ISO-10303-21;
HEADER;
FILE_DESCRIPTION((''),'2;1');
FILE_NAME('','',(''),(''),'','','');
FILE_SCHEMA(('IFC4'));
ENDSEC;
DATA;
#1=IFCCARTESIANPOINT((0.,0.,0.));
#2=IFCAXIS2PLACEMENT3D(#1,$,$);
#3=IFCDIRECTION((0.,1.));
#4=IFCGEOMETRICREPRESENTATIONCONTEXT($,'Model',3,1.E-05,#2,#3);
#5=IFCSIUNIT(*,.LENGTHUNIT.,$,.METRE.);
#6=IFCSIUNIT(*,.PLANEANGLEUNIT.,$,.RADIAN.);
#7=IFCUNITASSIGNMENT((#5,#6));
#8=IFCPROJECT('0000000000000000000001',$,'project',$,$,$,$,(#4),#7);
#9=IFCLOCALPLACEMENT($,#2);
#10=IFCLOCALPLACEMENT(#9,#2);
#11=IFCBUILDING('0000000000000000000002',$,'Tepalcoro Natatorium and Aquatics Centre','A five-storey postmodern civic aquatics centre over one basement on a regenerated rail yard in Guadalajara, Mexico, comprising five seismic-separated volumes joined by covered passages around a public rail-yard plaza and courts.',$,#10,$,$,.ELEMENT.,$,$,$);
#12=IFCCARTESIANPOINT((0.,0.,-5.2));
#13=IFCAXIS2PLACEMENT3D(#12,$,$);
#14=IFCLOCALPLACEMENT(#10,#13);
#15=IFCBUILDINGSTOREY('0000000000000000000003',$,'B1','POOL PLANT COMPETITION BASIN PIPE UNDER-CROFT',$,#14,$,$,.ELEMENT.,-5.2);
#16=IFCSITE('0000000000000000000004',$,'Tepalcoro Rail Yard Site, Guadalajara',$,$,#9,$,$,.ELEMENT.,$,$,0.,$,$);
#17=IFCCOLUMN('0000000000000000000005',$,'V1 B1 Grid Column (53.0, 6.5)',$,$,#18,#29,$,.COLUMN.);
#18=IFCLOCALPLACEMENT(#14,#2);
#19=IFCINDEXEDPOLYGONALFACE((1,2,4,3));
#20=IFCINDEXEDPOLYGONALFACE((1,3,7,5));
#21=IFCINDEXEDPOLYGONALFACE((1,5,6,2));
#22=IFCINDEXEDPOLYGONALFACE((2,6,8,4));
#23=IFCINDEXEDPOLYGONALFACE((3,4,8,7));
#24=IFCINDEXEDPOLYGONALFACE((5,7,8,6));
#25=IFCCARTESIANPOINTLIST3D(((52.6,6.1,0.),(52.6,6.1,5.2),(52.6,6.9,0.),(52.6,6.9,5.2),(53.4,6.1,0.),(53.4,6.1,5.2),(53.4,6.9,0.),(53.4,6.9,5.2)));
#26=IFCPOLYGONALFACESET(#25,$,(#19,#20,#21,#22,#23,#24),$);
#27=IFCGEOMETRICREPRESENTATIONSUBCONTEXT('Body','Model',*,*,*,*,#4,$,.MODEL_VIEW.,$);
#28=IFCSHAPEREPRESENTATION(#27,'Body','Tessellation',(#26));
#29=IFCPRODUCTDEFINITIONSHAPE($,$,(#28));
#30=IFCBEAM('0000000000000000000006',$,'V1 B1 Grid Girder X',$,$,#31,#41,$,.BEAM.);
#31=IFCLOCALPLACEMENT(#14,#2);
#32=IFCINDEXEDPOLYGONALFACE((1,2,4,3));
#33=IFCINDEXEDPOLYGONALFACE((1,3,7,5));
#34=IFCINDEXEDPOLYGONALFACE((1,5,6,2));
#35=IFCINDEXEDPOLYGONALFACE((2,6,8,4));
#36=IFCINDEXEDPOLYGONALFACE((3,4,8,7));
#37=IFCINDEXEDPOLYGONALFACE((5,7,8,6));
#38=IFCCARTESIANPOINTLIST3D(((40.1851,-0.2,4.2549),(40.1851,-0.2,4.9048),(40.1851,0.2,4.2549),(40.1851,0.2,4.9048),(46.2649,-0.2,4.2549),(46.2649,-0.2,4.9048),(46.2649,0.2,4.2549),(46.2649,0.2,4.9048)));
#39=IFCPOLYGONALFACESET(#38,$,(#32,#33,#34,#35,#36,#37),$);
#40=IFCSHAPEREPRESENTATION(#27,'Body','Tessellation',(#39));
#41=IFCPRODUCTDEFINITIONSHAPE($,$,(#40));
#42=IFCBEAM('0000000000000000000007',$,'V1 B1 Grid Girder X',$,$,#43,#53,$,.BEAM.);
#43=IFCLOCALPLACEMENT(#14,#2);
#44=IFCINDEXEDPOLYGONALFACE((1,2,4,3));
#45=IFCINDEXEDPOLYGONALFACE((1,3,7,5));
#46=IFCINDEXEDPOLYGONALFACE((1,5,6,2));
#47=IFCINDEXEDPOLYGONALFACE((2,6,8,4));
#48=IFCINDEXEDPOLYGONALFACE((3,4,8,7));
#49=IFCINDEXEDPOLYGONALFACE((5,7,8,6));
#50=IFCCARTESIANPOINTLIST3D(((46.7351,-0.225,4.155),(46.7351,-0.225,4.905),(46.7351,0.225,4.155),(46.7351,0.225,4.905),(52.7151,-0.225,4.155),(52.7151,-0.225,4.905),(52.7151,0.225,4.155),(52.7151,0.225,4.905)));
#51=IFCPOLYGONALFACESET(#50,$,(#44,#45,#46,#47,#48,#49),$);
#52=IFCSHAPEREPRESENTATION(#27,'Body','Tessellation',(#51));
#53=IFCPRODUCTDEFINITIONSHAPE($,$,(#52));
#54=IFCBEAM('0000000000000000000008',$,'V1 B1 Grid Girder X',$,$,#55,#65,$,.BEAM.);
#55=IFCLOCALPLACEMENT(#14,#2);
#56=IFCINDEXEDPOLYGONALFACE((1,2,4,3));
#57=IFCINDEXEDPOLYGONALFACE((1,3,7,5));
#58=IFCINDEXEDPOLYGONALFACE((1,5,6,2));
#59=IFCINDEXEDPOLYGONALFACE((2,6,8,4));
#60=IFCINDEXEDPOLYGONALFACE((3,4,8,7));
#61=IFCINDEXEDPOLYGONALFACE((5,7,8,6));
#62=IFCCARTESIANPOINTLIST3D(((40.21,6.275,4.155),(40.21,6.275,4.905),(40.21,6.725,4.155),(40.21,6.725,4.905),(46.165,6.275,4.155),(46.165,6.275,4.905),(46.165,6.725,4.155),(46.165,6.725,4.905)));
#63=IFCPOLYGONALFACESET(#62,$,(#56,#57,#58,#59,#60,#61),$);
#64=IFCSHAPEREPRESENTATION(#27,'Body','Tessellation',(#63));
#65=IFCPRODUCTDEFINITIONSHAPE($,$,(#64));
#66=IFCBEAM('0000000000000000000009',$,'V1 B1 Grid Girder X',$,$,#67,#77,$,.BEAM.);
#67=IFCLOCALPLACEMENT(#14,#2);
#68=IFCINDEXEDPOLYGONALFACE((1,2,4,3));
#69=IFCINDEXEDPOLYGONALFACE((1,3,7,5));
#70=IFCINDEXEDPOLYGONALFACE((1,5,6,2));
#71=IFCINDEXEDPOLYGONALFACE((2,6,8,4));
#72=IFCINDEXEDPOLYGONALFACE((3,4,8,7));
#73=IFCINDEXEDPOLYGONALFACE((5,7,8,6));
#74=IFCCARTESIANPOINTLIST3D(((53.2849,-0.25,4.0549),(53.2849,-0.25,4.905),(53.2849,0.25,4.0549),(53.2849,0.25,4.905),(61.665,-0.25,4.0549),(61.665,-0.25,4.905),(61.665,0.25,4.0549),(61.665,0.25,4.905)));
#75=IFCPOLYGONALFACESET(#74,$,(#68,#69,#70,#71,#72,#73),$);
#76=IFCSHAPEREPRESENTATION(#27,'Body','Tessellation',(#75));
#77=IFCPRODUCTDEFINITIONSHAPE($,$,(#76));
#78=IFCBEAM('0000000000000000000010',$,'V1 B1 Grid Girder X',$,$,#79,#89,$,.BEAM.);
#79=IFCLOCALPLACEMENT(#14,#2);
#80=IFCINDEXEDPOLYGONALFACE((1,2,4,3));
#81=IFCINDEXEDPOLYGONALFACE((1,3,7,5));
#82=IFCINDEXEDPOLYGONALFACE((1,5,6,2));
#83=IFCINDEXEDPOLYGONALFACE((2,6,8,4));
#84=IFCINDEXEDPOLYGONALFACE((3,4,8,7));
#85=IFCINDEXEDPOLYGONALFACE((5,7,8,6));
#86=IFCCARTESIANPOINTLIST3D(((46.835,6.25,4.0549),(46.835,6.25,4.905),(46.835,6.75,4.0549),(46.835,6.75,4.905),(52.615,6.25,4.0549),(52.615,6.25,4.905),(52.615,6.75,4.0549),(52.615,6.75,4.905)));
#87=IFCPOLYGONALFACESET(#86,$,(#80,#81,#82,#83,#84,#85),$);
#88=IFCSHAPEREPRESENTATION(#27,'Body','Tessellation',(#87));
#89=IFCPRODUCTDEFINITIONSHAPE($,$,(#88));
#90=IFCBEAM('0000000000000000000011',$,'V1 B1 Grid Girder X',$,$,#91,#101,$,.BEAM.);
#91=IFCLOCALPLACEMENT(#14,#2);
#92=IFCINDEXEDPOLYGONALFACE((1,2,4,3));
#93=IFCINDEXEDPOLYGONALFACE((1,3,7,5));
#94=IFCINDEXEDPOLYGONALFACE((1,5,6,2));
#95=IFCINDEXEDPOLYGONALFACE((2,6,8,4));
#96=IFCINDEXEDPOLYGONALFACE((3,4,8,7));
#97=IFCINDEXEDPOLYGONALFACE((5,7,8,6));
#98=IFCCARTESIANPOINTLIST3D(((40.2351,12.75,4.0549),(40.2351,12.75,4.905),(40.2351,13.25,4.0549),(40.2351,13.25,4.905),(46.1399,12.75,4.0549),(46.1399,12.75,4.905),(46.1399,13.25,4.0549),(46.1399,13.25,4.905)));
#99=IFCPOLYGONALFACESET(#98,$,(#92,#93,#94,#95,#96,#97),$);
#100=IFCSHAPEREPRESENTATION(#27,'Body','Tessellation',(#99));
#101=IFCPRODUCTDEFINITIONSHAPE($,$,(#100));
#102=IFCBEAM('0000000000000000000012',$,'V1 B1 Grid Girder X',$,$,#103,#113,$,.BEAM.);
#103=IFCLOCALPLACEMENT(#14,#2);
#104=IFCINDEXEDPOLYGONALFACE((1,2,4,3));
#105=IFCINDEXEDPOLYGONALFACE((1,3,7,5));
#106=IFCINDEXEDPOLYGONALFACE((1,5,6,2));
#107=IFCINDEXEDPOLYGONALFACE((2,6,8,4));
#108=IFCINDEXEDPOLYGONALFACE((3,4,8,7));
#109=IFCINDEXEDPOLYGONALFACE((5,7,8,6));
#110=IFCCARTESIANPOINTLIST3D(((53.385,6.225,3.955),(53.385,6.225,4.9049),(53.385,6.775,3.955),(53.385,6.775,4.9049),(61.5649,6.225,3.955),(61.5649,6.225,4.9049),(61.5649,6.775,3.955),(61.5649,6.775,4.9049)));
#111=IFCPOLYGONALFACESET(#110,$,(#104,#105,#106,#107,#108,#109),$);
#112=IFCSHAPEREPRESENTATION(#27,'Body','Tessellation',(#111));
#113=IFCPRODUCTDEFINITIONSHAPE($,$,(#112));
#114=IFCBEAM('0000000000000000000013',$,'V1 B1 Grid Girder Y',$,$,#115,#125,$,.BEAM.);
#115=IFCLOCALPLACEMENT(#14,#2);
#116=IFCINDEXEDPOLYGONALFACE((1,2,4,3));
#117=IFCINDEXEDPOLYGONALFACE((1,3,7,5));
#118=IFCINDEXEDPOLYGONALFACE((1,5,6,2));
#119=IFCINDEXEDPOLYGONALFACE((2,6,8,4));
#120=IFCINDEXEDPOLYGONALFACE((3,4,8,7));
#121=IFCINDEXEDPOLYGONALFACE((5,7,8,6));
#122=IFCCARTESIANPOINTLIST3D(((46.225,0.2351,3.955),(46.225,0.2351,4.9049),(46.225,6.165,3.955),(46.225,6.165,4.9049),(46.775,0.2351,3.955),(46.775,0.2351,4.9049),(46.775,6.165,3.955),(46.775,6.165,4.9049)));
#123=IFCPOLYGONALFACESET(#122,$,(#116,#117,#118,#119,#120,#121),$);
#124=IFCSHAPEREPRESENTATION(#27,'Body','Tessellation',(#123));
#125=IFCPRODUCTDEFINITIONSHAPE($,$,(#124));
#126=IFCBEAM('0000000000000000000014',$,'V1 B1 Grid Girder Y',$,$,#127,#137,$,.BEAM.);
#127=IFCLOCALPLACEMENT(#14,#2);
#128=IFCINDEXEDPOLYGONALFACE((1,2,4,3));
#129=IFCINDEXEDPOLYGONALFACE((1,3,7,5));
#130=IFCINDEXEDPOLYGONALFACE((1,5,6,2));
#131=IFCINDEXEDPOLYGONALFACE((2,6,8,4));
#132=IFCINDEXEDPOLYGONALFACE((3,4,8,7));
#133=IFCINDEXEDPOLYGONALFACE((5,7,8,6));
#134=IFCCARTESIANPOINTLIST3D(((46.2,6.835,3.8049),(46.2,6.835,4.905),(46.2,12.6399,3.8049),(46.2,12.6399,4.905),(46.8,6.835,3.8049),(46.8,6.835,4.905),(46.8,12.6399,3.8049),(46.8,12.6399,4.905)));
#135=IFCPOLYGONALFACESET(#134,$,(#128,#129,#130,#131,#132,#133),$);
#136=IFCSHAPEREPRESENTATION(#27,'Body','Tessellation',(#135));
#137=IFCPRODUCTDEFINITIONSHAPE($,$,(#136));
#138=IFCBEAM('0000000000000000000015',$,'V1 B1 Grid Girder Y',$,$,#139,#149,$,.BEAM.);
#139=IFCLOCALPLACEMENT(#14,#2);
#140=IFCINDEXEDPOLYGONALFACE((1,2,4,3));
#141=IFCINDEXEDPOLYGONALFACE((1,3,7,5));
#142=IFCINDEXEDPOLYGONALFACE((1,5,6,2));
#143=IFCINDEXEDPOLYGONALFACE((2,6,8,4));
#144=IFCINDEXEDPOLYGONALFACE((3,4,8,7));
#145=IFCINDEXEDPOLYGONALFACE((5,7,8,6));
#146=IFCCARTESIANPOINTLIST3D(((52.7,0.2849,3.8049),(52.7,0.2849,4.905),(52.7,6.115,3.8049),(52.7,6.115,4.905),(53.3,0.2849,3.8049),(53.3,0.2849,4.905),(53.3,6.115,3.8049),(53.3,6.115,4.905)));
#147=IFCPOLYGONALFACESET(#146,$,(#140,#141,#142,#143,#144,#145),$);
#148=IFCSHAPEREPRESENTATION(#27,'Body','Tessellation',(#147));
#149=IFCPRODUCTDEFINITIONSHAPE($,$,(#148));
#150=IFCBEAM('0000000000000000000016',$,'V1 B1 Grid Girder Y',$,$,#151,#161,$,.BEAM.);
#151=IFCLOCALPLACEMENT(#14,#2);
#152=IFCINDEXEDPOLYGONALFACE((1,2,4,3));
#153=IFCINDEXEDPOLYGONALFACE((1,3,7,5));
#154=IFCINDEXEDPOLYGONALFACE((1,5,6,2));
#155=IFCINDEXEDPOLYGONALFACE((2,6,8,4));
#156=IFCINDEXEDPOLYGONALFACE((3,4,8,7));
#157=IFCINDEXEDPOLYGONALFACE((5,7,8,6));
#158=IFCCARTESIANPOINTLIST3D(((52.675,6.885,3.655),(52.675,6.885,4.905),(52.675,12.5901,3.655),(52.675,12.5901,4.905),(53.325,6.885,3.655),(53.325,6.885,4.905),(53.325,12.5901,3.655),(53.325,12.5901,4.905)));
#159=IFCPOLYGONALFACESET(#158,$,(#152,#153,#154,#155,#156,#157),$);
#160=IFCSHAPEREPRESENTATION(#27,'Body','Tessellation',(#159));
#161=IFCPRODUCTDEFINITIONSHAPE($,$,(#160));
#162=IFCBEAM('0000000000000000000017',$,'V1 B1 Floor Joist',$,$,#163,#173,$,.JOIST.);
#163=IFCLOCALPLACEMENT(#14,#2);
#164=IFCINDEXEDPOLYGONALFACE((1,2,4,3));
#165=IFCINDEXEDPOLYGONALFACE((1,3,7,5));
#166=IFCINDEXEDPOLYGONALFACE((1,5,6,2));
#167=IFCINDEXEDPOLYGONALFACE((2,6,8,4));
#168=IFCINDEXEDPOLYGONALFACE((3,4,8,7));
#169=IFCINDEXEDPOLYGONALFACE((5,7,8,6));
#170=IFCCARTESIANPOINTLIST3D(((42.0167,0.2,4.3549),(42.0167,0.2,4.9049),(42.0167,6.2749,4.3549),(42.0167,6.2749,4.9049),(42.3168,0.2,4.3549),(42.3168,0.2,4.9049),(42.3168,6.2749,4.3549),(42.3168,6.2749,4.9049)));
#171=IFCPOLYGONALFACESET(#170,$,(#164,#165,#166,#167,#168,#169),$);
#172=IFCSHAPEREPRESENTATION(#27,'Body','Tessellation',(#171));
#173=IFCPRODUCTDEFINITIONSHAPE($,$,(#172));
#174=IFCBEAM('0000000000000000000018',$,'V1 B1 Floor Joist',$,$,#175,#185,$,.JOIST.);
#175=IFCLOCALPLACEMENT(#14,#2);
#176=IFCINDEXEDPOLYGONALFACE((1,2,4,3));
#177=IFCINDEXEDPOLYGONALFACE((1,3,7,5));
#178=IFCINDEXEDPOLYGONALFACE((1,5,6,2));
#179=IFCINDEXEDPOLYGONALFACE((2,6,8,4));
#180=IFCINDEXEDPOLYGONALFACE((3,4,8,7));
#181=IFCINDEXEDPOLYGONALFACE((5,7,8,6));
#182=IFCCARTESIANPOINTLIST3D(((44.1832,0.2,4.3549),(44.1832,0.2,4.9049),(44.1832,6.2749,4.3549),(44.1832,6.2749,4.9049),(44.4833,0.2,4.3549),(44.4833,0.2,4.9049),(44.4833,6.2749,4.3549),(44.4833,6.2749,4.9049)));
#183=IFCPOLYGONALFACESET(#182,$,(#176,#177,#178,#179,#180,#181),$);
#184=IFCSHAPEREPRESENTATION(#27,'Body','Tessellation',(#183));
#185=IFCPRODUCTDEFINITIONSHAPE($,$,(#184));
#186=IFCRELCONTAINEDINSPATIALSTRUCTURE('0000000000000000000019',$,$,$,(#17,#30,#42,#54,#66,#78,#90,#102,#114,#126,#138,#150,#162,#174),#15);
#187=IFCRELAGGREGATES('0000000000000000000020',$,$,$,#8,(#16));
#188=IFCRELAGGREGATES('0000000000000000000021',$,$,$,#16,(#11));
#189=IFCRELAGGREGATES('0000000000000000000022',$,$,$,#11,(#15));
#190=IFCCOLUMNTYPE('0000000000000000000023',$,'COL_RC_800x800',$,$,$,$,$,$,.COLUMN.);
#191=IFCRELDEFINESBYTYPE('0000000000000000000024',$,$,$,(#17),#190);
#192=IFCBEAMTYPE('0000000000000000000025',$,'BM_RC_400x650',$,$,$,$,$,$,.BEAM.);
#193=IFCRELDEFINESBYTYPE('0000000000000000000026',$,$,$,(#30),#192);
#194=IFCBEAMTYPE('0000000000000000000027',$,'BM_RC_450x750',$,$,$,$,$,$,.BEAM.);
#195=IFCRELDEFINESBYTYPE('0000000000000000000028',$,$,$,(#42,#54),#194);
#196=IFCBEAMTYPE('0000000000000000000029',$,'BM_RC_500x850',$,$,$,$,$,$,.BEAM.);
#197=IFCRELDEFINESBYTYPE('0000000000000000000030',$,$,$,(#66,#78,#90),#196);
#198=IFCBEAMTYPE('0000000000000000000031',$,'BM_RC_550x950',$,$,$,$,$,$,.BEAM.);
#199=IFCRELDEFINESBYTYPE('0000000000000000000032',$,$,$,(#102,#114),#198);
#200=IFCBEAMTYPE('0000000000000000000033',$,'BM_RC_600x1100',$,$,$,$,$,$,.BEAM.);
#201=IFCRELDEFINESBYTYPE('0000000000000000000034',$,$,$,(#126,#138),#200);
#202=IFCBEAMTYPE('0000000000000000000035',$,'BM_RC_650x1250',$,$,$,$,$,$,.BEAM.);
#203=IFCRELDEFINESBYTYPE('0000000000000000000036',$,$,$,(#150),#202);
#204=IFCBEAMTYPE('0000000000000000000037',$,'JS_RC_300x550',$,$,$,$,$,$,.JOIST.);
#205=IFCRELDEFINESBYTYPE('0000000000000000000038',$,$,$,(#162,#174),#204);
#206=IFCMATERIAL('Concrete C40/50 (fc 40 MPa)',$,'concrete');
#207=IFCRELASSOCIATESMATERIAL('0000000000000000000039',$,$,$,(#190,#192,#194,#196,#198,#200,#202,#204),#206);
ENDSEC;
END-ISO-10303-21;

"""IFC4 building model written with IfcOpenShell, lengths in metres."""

from ifc_helpers import new_model, si_unit, direction, frame, origin, origin_2d, place, context, subcontext, project, spatial, rectangle, extrude, material, material_profile, profile_set, type_object, element, save


model = new_model("IFC4")

# Units and contexts
model_context = context("Model", 3, precision=1e-05, world=origin(), true_north=direction((0.0, 1.0)))
body_context = subcontext(model_context, "Body", "Model", "MODEL_VIEW")
ifc_project = project(units=[si_unit("LENGTHUNIT", "METRE"), si_unit("PLANEANGLEUNIT", "RADIAN")], contexts=[model_context])

# Site, building, storey
site_placement = place(None, origin())
site = spatial("IfcSite", under=ifc_project, at=site_placement, Name="Tepalcoro Rail Yard Site, Guadalajara", CompositionType="ELEMENT", RefElevation=0.0)
building_placement = place(site_placement, origin())
building = spatial("IfcBuilding", under=site, at=building_placement, Name="Tepalcoro Natatorium and Aquatics Centre", Description="A five-storey postmodern civic aquatics centre over one basement on a regenerated rail yard in Guadalajara, Mexico, comprising five seismic-separated volumes joined by covered passages around a public rail-yard plaza and courts.", CompositionType="ELEMENT")
storey_placement = place(building_placement, frame((0.0, 0.0, -5.2)))
storey = spatial("IfcBuildingStorey", under=building, at=storey_placement, Name="B1", Description="POOL PLANT COMPETITION BASIN PIPE UNDER-CROFT", CompositionType="ELEMENT", Elevation=-5.2)

# Shared definitions
ifc_material = material(Name="Concrete C40/50 (fc 40 MPa)", Category="concrete")

# Column
ifc_material_profile_1 = material_profile(ifc_material, rectangle(XDim=0.8, YDim=0.8, at=origin_2d()), Name="RC800x800")
ifc_profile_set_1 = profile_set([ifc_material_profile_1], Name="Concrete C40/50 (fc 40 MPa)")
column_type_1 = type_object("IfcColumnType", Name="COL_RC_800x800", PredefinedType="COLUMN", material=ifc_profile_set_1)
column_1_placement = place(storey_placement, frame((53.0, 6.5, 0.0), z_axis=(0.0, 0.0, 1.0), x_axis=(1.0, 0.0, 0.0)))
element("IfcColumn", 1, at=column_1_placement, inside=storey, type_object=column_type_1, Name="V1 B1 Grid Column (53.0, 6.5)", PredefinedType="COLUMN", context=body_context, shape_type="SweptSolid", body=[
    extrude(rectangle(XDim=0.8, YDim=0.8, at=origin_2d()), origin(), (0.0, 0.0, 1.0), 5.2),
])

# Beams
ifc_material_profile_2 = material_profile(ifc_material, rectangle(XDim=0.3999, YDim=0.6499, at=origin_2d()), Name="RCB400x650")
ifc_profile_set_2 = profile_set([ifc_material_profile_2], Name="Concrete C40/50 (fc 40 MPa)")
beam_type_1 = type_object("IfcBeamType", Name="BM_RC_400x650", PredefinedType="BEAM", material=ifc_profile_set_2)
beam_1_placement = place(storey_placement, frame((40.1851, 0.0, 4.5798), z_axis=(1.0, 0.0, 0.0), x_axis=(0.0, 1.0, 0.0)))
element("IfcBeam", 2, at=beam_1_placement, inside=storey, type_object=beam_type_1, Name="V1 B1 Grid Girder X", PredefinedType="BEAM", context=body_context, shape_type="SweptSolid", body=[
    extrude(rectangle(XDim=0.3999, YDim=0.6499, at=origin_2d()), origin(), (0.0, 0.0, 1.0), 6.0798),
])
ifc_material_profile_3 = material_profile(ifc_material, rectangle(XDim=0.45, YDim=0.75, at=origin_2d()), Name="RCB450x750")
ifc_profile_set_3 = profile_set([ifc_material_profile_3], Name="Concrete C40/50 (fc 40 MPa)")
beam_type_2 = type_object("IfcBeamType", Name="BM_RC_450x750", PredefinedType="BEAM", material=ifc_profile_set_3)
beam_2_placement = place(storey_placement, frame((46.7351, 0.0, 4.53), z_axis=(1.0, 0.0, 0.0), x_axis=(0.0, 1.0, 0.0)))
element("IfcBeam", 3, at=beam_2_placement, inside=storey, type_object=beam_type_2, Name="V1 B1 Grid Girder X", PredefinedType="BEAM", context=body_context, shape_type="SweptSolid", body=[
    extrude(rectangle(XDim=0.45, YDim=0.75, at=origin_2d()), origin(), (0.0, 0.0, 1.0), 5.98),
])
beam_3_placement = place(storey_placement, frame((40.21, 6.5, 4.53), z_axis=(1.0, 0.0, 0.0), x_axis=(0.0, 1.0, 0.0)))
element("IfcBeam", 4, at=beam_3_placement, inside=storey, type_object=beam_type_2, Name="V1 B1 Grid Girder X", PredefinedType="BEAM", context=body_context, shape_type="SweptSolid", body=[
    extrude(rectangle(XDim=0.45, YDim=0.75, at=origin_2d()), origin(), (0.0, 0.0, 1.0), 5.9551),
])
ifc_material_profile_4 = material_profile(ifc_material, rectangle(XDim=0.5, YDim=0.8501, at=origin_2d()), Name="RCB500x850")
ifc_profile_set_4 = profile_set([ifc_material_profile_4], Name="Concrete C40/50 (fc 40 MPa)")
beam_type_3 = type_object("IfcBeamType", Name="BM_RC_500x850", PredefinedType="BEAM", material=ifc_profile_set_4)
beam_4_placement = place(storey_placement, frame((53.2849, 0.0, 4.48), z_axis=(1.0, 0.0, 0.0), x_axis=(0.0, 1.0, 0.0)))
element("IfcBeam", 5, at=beam_4_placement, inside=storey, type_object=beam_type_3, Name="V1 B1 Grid Girder X", PredefinedType="BEAM", context=body_context, shape_type="SweptSolid", body=[
    extrude(rectangle(XDim=0.5, YDim=0.8501, at=origin_2d()), origin(), (0.0, 0.0, 1.0), 8.3801),
])
beam_5_placement = place(storey_placement, frame((46.835, 6.5, 4.48), z_axis=(1.0, 0.0, 0.0), x_axis=(0.0, 1.0, 0.0)))
element("IfcBeam", 6, at=beam_5_placement, inside=storey, type_object=beam_type_3, Name="V1 B1 Grid Girder X", PredefinedType="BEAM", context=body_context, shape_type="SweptSolid", body=[
    extrude(rectangle(XDim=0.5, YDim=0.8501, at=origin_2d()), origin(), (0.0, 0.0, 1.0), 5.78),
])
beam_6_placement = place(storey_placement, frame((40.2351, 13.0, 4.48), z_axis=(1.0, 0.0, 0.0), x_axis=(0.0, 1.0, 0.0)))
element("IfcBeam", 7, at=beam_6_placement, inside=storey, type_object=beam_type_3, Name="V1 B1 Grid Girder X", PredefinedType="BEAM", context=body_context, shape_type="SweptSolid", body=[
    extrude(rectangle(XDim=0.5, YDim=0.8501, at=origin_2d()), origin(), (0.0, 0.0, 1.0), 5.9048),
])
ifc_material_profile_5 = material_profile(ifc_material, rectangle(XDim=0.55, YDim=0.95, at=origin_2d()), Name="RCB550x950")
ifc_profile_set_5 = profile_set([ifc_material_profile_5], Name="Concrete C40/50 (fc 40 MPa)")
beam_type_4 = type_object("IfcBeamType", Name="BM_RC_550x950", PredefinedType="BEAM", material=ifc_profile_set_5)
beam_7_placement = place(storey_placement, frame((53.385, 6.5, 4.4299), z_axis=(1.0, 0.0, 0.0), x_axis=(0.0, 1.0, 0.0)))
element("IfcBeam", 8, at=beam_7_placement, inside=storey, type_object=beam_type_4, Name="V1 B1 Grid Girder X", PredefinedType="BEAM", context=body_context, shape_type="SweptSolid", body=[
    extrude(rectangle(XDim=0.55, YDim=0.95, at=origin_2d()), origin(), (0.0, 0.0, 1.0), 8.1799),
])
beam_8_placement = place(storey_placement, frame((46.5, 0.2351, 4.4299), z_axis=(0.0, 1.0, 0.0), x_axis=(-1.0, 0.0, 0.0)))
element("IfcBeam", 9, at=beam_8_placement, inside=storey, type_object=beam_type_4, Name="V1 B1 Grid Girder Y", PredefinedType="BEAM", context=body_context, shape_type="SweptSolid", body=[
    extrude(rectangle(XDim=0.55, YDim=0.95, at=origin_2d()), origin(), (0.0, 0.0, 1.0), 5.9299),
])
ifc_material_profile_6 = material_profile(ifc_material, rectangle(XDim=0.6001, YDim=1.1001, at=origin_2d()), Name="RCB600x1100")
ifc_profile_set_6 = profile_set([ifc_material_profile_6], Name="Concrete C40/50 (fc 40 MPa)")
beam_type_5 = type_object("IfcBeamType", Name="BM_RC_600x1100", PredefinedType="BEAM", material=ifc_profile_set_6)
beam_9_placement = place(storey_placement, frame((46.5, 6.835, 4.355), z_axis=(0.0, 1.0, 0.0), x_axis=(-1.0, 0.0, 0.0)))
element("IfcBeam", 10, at=beam_9_placement, inside=storey, type_object=beam_type_5, Name="V1 B1 Grid Girder Y", PredefinedType="BEAM", context=body_context, shape_type="SweptSolid", body=[
    extrude(rectangle(XDim=0.6001, YDim=1.1001, at=origin_2d()), origin(), (0.0, 0.0, 1.0), 5.8049),
])
beam_10_placement = place(storey_placement, frame((53.0, 0.2849, 4.355), z_axis=(0.0, 1.0, 0.0), x_axis=(-1.0, 0.0, 0.0)))
element("IfcBeam", 11, at=beam_10_placement, inside=storey, type_object=beam_type_5, Name="V1 B1 Grid Girder Y", PredefinedType="BEAM", context=body_context, shape_type="SweptSolid", body=[
    extrude(rectangle(XDim=0.6001, YDim=1.1001, at=origin_2d()), origin(), (0.0, 0.0, 1.0), 5.8301),
])
ifc_material_profile_7 = material_profile(ifc_material, rectangle(XDim=0.6499, YDim=1.25, at=origin_2d()), Name="RCB650x1250")
ifc_profile_set_7 = profile_set([ifc_material_profile_7], Name="Concrete C40/50 (fc 40 MPa)")
beam_type_6 = type_object("IfcBeamType", Name="BM_RC_650x1250", PredefinedType="BEAM", material=ifc_profile_set_7)
beam_11_placement = place(storey_placement, frame((53.0, 6.885, 4.28), z_axis=(0.0, 1.0, 0.0), x_axis=(-1.0, 0.0, 0.0)))
element("IfcBeam", 12, at=beam_11_placement, inside=storey, type_object=beam_type_6, Name="V1 B1 Grid Girder Y", PredefinedType="BEAM", context=body_context, shape_type="SweptSolid", body=[
    extrude(rectangle(XDim=0.6499, YDim=1.25, at=origin_2d()), origin(), (0.0, 0.0, 1.0), 5.7051),
])
ifc_material_profile_8 = material_profile(ifc_material, rectangle(XDim=0.3, YDim=0.55, at=origin_2d()), Name="RCJ300x550")
ifc_profile_set_8 = profile_set([ifc_material_profile_8], Name="Concrete C40/50 (fc 40 MPa)")
beam_type_7 = type_object("IfcBeamType", Name="JS_RC_300x550", PredefinedType="JOIST", material=ifc_profile_set_8)
for number, where, z_axis, x_axis, name in (
    (13, (42.1667, 0.2, 4.6299), (0.0, 1.0, 0.0), (-1.0, 0.0, 0.0), "V1 B1 Floor Joist"),
    (14, (44.3333, 0.2, 4.6299), (0.0, 1.0, 0.0), (-1.0, 0.0, 0.0), "V1 B1 Floor Joist"),
):
    element("IfcBeam", number, at=place(storey_placement, frame(where, z_axis=z_axis, x_axis=x_axis)), inside=storey, type_object=beam_type_7, Name=name, PredefinedType="JOIST", context=body_context, shape_type="SweptSolid", body=[
        extrude(rectangle(XDim=0.3, YDim=0.55, at=origin_2d()), origin(), (0.0, 0.0, 1.0), 6.075),
    ])

save(model, "model.ifc")
